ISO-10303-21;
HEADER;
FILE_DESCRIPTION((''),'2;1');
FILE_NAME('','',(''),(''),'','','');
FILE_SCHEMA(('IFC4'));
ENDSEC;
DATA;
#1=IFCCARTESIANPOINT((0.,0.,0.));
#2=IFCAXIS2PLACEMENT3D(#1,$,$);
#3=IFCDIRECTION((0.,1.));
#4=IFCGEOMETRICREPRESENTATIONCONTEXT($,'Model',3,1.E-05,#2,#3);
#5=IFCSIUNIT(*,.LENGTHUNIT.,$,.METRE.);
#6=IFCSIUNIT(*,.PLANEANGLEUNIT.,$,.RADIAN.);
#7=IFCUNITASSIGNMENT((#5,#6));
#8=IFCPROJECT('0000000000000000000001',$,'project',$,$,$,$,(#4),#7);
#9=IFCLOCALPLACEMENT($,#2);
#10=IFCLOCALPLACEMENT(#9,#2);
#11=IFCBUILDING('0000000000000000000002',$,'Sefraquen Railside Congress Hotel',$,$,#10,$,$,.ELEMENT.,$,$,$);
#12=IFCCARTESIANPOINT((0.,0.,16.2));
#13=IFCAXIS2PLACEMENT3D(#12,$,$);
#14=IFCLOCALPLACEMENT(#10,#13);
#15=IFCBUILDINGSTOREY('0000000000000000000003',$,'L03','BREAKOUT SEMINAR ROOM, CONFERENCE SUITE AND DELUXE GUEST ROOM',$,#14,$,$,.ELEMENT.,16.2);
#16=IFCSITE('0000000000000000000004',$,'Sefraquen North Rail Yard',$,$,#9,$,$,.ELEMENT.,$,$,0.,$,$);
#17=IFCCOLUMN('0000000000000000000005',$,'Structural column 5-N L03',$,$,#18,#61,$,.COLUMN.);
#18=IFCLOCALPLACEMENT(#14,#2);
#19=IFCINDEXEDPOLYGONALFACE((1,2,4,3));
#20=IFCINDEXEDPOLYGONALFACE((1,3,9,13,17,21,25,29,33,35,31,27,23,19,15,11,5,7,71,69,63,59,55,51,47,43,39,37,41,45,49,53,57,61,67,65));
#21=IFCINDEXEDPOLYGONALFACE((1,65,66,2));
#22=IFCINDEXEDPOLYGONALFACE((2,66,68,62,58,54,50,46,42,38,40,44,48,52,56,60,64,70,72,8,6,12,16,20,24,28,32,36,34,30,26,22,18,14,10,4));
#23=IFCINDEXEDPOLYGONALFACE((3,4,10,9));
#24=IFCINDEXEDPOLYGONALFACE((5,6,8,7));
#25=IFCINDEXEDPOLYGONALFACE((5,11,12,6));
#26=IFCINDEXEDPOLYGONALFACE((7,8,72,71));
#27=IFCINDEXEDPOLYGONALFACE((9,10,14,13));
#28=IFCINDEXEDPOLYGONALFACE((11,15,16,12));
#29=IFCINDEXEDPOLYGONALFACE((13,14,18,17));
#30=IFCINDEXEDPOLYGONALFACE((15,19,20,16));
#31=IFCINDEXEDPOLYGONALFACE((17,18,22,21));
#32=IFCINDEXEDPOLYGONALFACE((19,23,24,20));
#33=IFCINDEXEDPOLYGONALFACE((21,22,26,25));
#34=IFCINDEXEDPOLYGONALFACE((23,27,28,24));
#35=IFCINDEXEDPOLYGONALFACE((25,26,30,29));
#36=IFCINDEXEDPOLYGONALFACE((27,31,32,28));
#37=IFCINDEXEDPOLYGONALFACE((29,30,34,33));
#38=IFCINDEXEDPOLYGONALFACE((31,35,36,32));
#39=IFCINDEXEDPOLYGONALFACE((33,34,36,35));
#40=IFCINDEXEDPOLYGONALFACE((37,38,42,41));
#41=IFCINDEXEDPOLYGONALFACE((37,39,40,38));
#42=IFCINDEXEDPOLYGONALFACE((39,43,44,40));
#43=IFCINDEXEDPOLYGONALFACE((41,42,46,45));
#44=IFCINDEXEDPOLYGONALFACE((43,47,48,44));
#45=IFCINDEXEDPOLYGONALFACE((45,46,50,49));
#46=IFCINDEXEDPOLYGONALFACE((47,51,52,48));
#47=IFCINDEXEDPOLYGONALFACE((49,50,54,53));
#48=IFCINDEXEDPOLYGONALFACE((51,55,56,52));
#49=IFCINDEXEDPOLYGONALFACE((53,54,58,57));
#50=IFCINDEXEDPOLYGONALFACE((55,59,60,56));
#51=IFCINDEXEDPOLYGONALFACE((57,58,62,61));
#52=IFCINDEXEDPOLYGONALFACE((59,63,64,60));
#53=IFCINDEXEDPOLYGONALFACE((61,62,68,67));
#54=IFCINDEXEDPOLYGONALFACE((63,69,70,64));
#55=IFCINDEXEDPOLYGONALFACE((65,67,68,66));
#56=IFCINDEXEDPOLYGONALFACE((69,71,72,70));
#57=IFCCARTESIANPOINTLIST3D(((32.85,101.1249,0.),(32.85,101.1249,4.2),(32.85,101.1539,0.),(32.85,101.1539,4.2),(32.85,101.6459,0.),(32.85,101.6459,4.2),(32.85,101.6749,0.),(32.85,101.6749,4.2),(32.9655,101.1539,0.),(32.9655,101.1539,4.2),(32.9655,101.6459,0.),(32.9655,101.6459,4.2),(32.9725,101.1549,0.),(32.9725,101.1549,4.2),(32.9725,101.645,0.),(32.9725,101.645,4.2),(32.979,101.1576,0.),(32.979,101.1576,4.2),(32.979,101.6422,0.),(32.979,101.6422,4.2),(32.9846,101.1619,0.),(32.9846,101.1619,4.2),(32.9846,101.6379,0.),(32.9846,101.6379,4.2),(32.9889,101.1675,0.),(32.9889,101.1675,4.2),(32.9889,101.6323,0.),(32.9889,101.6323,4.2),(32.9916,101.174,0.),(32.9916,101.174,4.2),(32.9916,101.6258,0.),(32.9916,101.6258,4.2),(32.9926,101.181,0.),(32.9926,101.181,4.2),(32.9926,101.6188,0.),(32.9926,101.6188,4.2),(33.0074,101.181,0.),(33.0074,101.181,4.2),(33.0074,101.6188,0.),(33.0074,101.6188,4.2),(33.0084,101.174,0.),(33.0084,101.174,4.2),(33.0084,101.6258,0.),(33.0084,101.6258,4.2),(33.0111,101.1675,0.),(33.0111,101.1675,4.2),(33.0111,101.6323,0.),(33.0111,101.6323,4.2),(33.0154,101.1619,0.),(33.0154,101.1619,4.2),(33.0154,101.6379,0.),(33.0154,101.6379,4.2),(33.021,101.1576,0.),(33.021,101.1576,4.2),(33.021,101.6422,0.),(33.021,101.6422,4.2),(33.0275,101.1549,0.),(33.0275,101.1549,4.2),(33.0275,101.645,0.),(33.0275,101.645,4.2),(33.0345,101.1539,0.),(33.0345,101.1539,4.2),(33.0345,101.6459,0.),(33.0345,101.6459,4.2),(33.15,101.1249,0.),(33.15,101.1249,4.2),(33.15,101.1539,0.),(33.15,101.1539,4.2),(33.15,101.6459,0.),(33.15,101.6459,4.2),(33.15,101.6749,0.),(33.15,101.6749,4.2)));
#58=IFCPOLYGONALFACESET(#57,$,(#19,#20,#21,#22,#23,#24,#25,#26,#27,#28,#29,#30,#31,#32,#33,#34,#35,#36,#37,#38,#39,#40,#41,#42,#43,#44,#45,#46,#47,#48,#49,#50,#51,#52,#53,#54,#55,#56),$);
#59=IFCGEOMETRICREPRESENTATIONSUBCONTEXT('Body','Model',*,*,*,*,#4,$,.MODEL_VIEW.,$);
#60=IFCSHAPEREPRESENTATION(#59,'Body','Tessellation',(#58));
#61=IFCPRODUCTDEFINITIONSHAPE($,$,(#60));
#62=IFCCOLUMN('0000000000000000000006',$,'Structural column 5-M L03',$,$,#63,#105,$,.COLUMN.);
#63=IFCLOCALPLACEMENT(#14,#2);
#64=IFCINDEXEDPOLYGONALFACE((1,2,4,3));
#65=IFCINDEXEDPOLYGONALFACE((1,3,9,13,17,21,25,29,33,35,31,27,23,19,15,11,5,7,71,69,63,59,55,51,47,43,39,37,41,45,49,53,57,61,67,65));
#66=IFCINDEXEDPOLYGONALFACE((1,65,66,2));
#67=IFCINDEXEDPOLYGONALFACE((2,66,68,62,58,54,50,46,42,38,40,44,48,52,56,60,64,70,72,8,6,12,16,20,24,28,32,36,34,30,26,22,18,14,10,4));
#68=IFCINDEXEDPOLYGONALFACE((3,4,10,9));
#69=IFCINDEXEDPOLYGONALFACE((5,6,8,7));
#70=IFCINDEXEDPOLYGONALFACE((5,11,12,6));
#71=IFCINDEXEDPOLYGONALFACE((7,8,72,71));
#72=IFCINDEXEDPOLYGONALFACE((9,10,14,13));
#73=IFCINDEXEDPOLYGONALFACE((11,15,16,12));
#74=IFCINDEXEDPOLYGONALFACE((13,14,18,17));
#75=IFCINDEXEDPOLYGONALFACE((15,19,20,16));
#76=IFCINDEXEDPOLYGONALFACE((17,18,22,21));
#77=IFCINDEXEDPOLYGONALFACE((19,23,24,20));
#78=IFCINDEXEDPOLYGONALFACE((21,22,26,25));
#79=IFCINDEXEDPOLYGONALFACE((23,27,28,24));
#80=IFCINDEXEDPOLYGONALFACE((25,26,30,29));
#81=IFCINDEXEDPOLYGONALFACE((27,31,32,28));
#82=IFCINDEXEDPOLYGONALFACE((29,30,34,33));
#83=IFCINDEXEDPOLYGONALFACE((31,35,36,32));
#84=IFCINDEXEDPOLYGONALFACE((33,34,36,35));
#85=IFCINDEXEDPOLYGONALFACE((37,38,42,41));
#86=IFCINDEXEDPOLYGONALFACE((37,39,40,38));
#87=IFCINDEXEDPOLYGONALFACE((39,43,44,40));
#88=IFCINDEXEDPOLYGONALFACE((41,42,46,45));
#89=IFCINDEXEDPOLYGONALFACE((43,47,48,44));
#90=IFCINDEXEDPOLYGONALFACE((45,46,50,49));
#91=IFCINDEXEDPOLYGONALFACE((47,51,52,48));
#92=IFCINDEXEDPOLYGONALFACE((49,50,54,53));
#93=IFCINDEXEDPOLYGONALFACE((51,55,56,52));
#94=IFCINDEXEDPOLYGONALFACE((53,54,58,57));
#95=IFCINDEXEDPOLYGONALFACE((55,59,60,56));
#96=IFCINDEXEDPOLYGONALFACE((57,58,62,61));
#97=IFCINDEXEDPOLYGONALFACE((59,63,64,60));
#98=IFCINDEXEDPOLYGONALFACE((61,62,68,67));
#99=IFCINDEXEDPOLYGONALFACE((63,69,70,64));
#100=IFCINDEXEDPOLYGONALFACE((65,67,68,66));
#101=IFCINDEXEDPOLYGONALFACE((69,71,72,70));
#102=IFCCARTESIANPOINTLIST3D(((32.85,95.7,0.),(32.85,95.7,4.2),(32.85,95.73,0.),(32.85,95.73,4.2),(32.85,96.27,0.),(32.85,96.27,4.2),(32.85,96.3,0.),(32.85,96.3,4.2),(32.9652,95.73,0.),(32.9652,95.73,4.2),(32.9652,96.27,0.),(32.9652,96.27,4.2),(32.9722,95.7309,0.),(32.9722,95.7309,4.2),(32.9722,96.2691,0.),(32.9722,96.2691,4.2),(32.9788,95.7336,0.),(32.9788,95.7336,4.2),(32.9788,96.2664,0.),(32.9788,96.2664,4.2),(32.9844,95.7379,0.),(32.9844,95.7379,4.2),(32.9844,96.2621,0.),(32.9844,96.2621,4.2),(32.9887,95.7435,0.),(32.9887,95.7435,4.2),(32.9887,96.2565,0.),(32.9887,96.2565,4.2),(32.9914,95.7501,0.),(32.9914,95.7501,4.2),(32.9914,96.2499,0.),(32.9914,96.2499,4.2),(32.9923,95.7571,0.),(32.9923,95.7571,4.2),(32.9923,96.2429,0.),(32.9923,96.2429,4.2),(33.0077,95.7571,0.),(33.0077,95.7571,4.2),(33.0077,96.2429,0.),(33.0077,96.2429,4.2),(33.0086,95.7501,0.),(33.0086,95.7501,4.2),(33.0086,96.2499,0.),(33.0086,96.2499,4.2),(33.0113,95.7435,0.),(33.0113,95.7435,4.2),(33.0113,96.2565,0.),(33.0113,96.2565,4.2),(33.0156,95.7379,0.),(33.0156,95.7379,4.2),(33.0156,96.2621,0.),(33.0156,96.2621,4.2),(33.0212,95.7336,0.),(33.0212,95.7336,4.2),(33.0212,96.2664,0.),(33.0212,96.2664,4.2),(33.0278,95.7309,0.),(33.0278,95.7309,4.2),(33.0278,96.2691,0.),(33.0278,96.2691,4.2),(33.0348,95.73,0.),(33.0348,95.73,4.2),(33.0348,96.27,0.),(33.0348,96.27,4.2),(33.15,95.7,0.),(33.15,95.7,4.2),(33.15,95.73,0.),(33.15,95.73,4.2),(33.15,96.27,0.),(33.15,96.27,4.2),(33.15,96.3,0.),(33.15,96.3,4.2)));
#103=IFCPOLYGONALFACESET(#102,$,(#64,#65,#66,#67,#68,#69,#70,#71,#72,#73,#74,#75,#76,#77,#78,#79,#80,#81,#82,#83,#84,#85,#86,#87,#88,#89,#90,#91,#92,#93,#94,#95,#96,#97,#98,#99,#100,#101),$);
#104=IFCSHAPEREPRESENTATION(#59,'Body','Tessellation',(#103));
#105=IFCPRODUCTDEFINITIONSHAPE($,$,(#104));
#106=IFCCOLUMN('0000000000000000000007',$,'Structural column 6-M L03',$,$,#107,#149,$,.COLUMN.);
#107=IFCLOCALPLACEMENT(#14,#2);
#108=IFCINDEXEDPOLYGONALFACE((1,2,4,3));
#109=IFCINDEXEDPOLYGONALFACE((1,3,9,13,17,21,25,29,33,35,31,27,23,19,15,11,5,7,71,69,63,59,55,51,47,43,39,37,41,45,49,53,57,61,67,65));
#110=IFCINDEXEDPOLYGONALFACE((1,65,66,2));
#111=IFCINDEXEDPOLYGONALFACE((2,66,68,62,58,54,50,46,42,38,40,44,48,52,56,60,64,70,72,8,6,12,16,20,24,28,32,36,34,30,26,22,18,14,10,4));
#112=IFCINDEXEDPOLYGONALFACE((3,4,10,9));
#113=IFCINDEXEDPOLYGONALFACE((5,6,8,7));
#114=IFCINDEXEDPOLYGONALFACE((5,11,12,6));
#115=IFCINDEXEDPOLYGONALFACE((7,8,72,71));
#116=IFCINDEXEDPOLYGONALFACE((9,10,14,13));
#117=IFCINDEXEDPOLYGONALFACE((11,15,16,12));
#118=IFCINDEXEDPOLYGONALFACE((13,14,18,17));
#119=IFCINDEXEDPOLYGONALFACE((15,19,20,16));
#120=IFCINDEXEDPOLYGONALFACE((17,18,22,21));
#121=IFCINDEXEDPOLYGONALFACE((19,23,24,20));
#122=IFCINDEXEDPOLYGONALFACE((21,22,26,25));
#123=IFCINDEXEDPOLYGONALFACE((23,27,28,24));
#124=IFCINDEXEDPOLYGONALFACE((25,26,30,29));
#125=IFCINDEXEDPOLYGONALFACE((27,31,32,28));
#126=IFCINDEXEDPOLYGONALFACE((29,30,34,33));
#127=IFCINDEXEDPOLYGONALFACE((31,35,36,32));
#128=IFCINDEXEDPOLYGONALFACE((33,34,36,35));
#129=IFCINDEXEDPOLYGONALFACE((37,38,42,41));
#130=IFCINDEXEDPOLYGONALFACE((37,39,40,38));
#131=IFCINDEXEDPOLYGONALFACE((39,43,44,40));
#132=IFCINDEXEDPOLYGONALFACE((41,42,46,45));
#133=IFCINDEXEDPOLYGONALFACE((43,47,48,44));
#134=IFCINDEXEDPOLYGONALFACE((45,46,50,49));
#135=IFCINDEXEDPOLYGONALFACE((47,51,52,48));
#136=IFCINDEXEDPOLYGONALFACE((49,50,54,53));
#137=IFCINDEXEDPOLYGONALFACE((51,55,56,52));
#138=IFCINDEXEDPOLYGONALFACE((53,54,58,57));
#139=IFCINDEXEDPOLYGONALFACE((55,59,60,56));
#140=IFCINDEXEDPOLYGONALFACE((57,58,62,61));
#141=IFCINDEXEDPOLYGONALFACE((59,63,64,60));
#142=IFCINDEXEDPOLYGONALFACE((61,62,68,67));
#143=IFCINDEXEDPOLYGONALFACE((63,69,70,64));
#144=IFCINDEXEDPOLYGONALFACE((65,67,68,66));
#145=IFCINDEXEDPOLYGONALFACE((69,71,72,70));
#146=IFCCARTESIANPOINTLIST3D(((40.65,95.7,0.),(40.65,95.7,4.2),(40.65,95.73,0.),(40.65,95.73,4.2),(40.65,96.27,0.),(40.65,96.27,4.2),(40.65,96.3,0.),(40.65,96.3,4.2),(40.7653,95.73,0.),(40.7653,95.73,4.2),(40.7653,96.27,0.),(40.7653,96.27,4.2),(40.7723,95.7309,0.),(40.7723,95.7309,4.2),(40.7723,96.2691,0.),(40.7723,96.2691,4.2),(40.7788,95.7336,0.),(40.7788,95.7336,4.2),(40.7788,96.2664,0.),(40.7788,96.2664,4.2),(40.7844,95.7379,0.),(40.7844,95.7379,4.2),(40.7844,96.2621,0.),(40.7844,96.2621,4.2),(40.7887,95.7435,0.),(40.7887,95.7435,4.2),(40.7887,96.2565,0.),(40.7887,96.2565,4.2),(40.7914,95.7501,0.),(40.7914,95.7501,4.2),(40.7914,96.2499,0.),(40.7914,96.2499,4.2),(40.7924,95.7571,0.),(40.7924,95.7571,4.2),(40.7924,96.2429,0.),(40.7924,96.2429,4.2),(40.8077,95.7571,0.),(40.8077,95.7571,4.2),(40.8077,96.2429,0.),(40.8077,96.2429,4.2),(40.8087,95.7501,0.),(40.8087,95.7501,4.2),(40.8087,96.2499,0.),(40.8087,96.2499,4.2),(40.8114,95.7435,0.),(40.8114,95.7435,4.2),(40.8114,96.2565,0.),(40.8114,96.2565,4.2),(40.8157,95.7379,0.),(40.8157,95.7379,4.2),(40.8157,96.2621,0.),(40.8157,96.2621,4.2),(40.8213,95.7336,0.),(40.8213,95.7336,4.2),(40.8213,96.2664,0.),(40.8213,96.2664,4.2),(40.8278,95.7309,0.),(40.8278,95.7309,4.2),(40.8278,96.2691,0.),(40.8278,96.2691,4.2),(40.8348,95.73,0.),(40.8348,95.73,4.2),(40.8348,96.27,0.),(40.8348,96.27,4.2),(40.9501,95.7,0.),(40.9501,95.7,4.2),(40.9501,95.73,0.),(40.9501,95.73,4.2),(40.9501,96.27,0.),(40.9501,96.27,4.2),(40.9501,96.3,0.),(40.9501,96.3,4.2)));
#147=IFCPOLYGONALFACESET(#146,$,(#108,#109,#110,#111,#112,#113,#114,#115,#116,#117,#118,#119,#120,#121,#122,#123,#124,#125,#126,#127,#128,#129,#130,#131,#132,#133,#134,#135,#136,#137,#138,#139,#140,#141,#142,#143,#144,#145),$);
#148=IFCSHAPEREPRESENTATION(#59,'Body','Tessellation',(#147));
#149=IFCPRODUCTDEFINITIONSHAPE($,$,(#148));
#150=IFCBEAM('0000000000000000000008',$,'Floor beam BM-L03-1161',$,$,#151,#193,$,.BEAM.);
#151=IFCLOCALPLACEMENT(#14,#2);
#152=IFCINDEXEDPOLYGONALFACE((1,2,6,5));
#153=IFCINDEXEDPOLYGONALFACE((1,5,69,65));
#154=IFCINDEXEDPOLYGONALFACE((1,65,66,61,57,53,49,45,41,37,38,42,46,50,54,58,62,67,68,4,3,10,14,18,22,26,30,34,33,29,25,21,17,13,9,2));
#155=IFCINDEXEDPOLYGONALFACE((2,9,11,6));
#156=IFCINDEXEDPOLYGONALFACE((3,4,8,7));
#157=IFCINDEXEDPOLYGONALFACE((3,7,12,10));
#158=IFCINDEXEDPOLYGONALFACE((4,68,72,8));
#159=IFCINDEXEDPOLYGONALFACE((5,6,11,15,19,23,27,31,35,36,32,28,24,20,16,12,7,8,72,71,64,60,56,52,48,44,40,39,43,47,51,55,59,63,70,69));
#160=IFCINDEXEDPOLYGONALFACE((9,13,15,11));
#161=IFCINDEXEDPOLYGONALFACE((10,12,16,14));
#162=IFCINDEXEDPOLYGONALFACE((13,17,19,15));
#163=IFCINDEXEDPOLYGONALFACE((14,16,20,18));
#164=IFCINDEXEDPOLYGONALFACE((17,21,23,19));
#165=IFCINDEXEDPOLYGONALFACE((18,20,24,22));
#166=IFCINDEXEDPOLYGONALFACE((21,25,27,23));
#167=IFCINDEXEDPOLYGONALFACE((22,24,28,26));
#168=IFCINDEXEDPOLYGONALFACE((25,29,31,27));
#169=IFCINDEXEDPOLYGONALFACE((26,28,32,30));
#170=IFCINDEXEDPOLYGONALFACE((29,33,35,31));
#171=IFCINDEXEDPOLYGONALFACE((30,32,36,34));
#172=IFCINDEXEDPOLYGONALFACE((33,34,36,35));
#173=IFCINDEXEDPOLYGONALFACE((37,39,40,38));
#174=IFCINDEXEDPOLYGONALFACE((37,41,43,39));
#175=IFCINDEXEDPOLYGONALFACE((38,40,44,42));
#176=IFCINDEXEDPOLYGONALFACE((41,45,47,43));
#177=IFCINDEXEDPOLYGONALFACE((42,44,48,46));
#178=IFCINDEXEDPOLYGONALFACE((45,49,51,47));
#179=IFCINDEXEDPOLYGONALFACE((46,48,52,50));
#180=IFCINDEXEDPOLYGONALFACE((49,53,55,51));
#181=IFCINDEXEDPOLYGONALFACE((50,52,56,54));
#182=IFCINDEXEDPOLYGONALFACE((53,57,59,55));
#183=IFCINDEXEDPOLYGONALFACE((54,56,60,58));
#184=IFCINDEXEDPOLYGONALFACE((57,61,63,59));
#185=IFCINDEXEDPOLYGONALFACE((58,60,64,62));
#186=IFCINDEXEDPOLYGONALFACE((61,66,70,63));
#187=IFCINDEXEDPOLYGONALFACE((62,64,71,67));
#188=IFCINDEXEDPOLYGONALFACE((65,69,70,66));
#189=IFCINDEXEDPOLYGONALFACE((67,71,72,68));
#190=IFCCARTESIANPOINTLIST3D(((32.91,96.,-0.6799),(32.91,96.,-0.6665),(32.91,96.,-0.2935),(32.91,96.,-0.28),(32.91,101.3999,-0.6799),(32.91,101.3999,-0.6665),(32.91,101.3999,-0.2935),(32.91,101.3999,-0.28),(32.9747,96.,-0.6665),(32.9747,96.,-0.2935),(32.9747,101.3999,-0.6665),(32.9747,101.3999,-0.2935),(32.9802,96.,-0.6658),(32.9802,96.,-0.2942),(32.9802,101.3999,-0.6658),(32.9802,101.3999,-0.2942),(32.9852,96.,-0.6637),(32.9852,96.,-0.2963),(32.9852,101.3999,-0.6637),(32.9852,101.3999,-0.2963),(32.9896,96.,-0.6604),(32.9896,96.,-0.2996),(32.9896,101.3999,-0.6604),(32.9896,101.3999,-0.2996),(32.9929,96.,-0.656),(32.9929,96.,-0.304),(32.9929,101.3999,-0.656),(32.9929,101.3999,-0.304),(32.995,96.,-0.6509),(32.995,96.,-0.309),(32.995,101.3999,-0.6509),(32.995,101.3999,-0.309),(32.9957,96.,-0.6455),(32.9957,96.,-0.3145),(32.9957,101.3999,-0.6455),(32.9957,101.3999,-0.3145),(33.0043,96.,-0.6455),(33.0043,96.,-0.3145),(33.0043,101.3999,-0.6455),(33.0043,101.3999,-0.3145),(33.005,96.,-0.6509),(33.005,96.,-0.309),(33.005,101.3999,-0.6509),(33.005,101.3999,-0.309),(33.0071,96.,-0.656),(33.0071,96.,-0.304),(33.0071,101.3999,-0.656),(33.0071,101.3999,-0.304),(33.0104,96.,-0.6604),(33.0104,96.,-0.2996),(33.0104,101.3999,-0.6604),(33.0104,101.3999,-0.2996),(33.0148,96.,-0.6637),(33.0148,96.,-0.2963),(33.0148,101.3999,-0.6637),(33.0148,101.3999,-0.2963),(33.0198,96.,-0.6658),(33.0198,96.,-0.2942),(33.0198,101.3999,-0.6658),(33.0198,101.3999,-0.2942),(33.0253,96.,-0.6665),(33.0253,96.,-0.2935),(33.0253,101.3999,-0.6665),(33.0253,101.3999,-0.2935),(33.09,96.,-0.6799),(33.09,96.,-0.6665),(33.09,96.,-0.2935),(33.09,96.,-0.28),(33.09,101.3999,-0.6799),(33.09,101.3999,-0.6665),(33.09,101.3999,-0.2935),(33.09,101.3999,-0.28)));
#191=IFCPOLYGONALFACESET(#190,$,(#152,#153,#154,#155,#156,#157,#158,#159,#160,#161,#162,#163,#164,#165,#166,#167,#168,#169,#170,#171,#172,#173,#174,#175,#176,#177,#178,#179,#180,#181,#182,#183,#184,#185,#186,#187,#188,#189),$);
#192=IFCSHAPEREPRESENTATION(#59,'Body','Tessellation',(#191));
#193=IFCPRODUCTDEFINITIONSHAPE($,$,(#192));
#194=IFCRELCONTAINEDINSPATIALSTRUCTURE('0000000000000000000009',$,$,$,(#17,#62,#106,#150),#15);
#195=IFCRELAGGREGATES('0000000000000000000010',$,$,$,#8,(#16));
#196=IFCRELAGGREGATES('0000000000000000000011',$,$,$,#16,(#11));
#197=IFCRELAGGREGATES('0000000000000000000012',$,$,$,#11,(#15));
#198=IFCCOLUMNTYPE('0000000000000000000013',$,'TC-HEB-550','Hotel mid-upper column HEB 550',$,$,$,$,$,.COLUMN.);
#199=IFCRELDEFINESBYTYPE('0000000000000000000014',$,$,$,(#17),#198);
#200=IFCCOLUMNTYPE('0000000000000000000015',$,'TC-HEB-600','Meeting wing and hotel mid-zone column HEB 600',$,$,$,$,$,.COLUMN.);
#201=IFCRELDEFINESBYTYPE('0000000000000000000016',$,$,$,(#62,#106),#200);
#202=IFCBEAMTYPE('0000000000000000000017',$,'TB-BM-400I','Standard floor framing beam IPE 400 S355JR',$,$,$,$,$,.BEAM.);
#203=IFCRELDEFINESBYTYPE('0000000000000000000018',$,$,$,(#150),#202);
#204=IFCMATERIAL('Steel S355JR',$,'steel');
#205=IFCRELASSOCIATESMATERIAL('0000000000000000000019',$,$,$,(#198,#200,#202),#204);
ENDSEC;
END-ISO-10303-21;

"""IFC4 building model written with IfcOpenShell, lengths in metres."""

from ifc_helpers import new_model, si_unit, direction, frame, origin, origin_2d, place, context, subcontext, project, spatial, i_section, extrude, material, material_profile, profile_set, type_object, element, save


model = new_model("IFC4")

# Units and contexts
model_context = context("Model", 3, precision=1e-05, world=origin(), true_north=direction((0.0, 1.0)))
body_context = subcontext(model_context, "Body", "Model", "MODEL_VIEW")
ifc_project = project(units=[si_unit("LENGTHUNIT", "METRE"), si_unit("PLANEANGLEUNIT", "RADIAN")], contexts=[model_context])

# Site, building, storey
site_placement = place(None, origin())
site = spatial("IfcSite", under=ifc_project, at=site_placement, Name="Sefraquen North Rail Yard", CompositionType="ELEMENT", RefElevation=0.0)
building_placement = place(site_placement, origin())
building = spatial("IfcBuilding", under=site, at=building_placement, Name="Sefraquen Railside Congress Hotel", CompositionType="ELEMENT")
storey_placement = place(building_placement, frame((0.0, 0.0, 16.2)))
storey = spatial("IfcBuildingStorey", under=building, at=storey_placement, Name="L03", Description="BREAKOUT SEMINAR ROOM, CONFERENCE SUITE AND DELUXE GUEST ROOM", CompositionType="ELEMENT", Elevation=16.2)

# Columns
ifc_material_1 = material(Name="Steel S355JR", Category="steel")
ifc_material_profile_1 = material_profile(ifc_material_1, i_section(OverallWidth=0.3, OverallDepth=0.55, WebThickness=0.0149, FlangeThickness=0.0291, FilletRadius=0.0271, at=origin_2d()), Name="HEB 550")
ifc_profile_set_1 = profile_set([ifc_material_profile_1], Name="Steel S355JR")
column_type_1 = type_object("IfcColumnType", Name="TC-HEB-550", Description="Hotel mid-upper column HEB 550", PredefinedType="COLUMN", material=ifc_profile_set_1)
column_placement = place(storey_placement, frame((33.0, 101.3999, 0.0), z_axis=(0.0, 0.0, 1.0), x_axis=(1.0, 0.0, 0.0)))
element("IfcColumn", 1, at=column_placement, inside=storey, type_object=column_type_1, Name="Structural column 5-N L03", PredefinedType="COLUMN", context=body_context, shape_type="SweptSolid", body=[
    extrude(i_section(OverallWidth=0.3, OverallDepth=0.55, WebThickness=0.0149, FlangeThickness=0.0291, FilletRadius=0.0271, at=origin_2d()), origin(), (0.0, 0.0, 1.0), 4.2),
])
ifc_material_profile_2 = material_profile(ifc_material_1, i_section(OverallWidth=0.3, OverallDepth=0.6001, WebThickness=0.0154, FlangeThickness=0.03, FilletRadius=0.0271, at=origin_2d()), Name="HEB 600")
ifc_profile_set_2 = profile_set([ifc_material_profile_2], Name="Steel S355JR")
column_type_2 = type_object("IfcColumnType", Name="TC-HEB-600", Description="Meeting wing and hotel mid-zone column HEB 600", PredefinedType="COLUMN", material=ifc_profile_set_2)
for number, where, z_axis, x_axis, name in (
    (2, (33.0, 96.0, 0.0), (0.0, 0.0, 1.0), (1.0, 0.0, 0.0), "Structural column 5-M L03"),
    (3, (40.8, 96.0, 0.0), (0.0, 0.0, 1.0), (1.0, 0.0, 0.0), "Structural column 6-M L03"),
):
    element("IfcColumn", number, at=place(storey_placement, frame(where, z_axis=z_axis, x_axis=x_axis)), inside=storey, type_object=column_type_2, Name=name, PredefinedType="COLUMN", context=body_context, shape_type="SweptSolid", body=[
        extrude(i_section(OverallWidth=0.3, OverallDepth=0.6001, WebThickness=0.0154, FlangeThickness=0.03, FilletRadius=0.0271, at=origin_2d()), origin(), (0.0, 0.0, 1.0), 4.2),
    ])

# Beam
ifc_material_profile_3 = material_profile(ifc_material_1, i_section(OverallWidth=0.1799, OverallDepth=0.3999, WebThickness=0.0085, FlangeThickness=0.0134, FilletRadius=0.021, at=origin_2d()), Name="IPE 400")
ifc_profile_set_3 = profile_set([ifc_material_profile_3], Name="Steel S355JR")
beam_type_1 = type_object("IfcBeamType", Name="TB-BM-400I", Description="Standard floor framing beam IPE 400 S355JR", PredefinedType="BEAM", material=ifc_profile_set_3)
beam_1_placement = place(storey_placement, frame((33.0, 96.0, -0.48), z_axis=(0.0, 1.0, 0.0), x_axis=(-1.0, 0.0, 0.0)))
element("IfcBeam", 4, at=beam_1_placement, inside=storey, type_object=beam_type_1, Name="Floor beam BM-L03-1161", PredefinedType="BEAM", context=body_context, shape_type="SweptSolid", body=[
    extrude(i_section(OverallWidth=0.1799, OverallDepth=0.3999, WebThickness=0.0085, FlangeThickness=0.0134, FilletRadius=0.021, at=origin_2d()), origin(), (0.0, 0.0, 1.0), 5.3999),
])

save(model, "model.ifc")
